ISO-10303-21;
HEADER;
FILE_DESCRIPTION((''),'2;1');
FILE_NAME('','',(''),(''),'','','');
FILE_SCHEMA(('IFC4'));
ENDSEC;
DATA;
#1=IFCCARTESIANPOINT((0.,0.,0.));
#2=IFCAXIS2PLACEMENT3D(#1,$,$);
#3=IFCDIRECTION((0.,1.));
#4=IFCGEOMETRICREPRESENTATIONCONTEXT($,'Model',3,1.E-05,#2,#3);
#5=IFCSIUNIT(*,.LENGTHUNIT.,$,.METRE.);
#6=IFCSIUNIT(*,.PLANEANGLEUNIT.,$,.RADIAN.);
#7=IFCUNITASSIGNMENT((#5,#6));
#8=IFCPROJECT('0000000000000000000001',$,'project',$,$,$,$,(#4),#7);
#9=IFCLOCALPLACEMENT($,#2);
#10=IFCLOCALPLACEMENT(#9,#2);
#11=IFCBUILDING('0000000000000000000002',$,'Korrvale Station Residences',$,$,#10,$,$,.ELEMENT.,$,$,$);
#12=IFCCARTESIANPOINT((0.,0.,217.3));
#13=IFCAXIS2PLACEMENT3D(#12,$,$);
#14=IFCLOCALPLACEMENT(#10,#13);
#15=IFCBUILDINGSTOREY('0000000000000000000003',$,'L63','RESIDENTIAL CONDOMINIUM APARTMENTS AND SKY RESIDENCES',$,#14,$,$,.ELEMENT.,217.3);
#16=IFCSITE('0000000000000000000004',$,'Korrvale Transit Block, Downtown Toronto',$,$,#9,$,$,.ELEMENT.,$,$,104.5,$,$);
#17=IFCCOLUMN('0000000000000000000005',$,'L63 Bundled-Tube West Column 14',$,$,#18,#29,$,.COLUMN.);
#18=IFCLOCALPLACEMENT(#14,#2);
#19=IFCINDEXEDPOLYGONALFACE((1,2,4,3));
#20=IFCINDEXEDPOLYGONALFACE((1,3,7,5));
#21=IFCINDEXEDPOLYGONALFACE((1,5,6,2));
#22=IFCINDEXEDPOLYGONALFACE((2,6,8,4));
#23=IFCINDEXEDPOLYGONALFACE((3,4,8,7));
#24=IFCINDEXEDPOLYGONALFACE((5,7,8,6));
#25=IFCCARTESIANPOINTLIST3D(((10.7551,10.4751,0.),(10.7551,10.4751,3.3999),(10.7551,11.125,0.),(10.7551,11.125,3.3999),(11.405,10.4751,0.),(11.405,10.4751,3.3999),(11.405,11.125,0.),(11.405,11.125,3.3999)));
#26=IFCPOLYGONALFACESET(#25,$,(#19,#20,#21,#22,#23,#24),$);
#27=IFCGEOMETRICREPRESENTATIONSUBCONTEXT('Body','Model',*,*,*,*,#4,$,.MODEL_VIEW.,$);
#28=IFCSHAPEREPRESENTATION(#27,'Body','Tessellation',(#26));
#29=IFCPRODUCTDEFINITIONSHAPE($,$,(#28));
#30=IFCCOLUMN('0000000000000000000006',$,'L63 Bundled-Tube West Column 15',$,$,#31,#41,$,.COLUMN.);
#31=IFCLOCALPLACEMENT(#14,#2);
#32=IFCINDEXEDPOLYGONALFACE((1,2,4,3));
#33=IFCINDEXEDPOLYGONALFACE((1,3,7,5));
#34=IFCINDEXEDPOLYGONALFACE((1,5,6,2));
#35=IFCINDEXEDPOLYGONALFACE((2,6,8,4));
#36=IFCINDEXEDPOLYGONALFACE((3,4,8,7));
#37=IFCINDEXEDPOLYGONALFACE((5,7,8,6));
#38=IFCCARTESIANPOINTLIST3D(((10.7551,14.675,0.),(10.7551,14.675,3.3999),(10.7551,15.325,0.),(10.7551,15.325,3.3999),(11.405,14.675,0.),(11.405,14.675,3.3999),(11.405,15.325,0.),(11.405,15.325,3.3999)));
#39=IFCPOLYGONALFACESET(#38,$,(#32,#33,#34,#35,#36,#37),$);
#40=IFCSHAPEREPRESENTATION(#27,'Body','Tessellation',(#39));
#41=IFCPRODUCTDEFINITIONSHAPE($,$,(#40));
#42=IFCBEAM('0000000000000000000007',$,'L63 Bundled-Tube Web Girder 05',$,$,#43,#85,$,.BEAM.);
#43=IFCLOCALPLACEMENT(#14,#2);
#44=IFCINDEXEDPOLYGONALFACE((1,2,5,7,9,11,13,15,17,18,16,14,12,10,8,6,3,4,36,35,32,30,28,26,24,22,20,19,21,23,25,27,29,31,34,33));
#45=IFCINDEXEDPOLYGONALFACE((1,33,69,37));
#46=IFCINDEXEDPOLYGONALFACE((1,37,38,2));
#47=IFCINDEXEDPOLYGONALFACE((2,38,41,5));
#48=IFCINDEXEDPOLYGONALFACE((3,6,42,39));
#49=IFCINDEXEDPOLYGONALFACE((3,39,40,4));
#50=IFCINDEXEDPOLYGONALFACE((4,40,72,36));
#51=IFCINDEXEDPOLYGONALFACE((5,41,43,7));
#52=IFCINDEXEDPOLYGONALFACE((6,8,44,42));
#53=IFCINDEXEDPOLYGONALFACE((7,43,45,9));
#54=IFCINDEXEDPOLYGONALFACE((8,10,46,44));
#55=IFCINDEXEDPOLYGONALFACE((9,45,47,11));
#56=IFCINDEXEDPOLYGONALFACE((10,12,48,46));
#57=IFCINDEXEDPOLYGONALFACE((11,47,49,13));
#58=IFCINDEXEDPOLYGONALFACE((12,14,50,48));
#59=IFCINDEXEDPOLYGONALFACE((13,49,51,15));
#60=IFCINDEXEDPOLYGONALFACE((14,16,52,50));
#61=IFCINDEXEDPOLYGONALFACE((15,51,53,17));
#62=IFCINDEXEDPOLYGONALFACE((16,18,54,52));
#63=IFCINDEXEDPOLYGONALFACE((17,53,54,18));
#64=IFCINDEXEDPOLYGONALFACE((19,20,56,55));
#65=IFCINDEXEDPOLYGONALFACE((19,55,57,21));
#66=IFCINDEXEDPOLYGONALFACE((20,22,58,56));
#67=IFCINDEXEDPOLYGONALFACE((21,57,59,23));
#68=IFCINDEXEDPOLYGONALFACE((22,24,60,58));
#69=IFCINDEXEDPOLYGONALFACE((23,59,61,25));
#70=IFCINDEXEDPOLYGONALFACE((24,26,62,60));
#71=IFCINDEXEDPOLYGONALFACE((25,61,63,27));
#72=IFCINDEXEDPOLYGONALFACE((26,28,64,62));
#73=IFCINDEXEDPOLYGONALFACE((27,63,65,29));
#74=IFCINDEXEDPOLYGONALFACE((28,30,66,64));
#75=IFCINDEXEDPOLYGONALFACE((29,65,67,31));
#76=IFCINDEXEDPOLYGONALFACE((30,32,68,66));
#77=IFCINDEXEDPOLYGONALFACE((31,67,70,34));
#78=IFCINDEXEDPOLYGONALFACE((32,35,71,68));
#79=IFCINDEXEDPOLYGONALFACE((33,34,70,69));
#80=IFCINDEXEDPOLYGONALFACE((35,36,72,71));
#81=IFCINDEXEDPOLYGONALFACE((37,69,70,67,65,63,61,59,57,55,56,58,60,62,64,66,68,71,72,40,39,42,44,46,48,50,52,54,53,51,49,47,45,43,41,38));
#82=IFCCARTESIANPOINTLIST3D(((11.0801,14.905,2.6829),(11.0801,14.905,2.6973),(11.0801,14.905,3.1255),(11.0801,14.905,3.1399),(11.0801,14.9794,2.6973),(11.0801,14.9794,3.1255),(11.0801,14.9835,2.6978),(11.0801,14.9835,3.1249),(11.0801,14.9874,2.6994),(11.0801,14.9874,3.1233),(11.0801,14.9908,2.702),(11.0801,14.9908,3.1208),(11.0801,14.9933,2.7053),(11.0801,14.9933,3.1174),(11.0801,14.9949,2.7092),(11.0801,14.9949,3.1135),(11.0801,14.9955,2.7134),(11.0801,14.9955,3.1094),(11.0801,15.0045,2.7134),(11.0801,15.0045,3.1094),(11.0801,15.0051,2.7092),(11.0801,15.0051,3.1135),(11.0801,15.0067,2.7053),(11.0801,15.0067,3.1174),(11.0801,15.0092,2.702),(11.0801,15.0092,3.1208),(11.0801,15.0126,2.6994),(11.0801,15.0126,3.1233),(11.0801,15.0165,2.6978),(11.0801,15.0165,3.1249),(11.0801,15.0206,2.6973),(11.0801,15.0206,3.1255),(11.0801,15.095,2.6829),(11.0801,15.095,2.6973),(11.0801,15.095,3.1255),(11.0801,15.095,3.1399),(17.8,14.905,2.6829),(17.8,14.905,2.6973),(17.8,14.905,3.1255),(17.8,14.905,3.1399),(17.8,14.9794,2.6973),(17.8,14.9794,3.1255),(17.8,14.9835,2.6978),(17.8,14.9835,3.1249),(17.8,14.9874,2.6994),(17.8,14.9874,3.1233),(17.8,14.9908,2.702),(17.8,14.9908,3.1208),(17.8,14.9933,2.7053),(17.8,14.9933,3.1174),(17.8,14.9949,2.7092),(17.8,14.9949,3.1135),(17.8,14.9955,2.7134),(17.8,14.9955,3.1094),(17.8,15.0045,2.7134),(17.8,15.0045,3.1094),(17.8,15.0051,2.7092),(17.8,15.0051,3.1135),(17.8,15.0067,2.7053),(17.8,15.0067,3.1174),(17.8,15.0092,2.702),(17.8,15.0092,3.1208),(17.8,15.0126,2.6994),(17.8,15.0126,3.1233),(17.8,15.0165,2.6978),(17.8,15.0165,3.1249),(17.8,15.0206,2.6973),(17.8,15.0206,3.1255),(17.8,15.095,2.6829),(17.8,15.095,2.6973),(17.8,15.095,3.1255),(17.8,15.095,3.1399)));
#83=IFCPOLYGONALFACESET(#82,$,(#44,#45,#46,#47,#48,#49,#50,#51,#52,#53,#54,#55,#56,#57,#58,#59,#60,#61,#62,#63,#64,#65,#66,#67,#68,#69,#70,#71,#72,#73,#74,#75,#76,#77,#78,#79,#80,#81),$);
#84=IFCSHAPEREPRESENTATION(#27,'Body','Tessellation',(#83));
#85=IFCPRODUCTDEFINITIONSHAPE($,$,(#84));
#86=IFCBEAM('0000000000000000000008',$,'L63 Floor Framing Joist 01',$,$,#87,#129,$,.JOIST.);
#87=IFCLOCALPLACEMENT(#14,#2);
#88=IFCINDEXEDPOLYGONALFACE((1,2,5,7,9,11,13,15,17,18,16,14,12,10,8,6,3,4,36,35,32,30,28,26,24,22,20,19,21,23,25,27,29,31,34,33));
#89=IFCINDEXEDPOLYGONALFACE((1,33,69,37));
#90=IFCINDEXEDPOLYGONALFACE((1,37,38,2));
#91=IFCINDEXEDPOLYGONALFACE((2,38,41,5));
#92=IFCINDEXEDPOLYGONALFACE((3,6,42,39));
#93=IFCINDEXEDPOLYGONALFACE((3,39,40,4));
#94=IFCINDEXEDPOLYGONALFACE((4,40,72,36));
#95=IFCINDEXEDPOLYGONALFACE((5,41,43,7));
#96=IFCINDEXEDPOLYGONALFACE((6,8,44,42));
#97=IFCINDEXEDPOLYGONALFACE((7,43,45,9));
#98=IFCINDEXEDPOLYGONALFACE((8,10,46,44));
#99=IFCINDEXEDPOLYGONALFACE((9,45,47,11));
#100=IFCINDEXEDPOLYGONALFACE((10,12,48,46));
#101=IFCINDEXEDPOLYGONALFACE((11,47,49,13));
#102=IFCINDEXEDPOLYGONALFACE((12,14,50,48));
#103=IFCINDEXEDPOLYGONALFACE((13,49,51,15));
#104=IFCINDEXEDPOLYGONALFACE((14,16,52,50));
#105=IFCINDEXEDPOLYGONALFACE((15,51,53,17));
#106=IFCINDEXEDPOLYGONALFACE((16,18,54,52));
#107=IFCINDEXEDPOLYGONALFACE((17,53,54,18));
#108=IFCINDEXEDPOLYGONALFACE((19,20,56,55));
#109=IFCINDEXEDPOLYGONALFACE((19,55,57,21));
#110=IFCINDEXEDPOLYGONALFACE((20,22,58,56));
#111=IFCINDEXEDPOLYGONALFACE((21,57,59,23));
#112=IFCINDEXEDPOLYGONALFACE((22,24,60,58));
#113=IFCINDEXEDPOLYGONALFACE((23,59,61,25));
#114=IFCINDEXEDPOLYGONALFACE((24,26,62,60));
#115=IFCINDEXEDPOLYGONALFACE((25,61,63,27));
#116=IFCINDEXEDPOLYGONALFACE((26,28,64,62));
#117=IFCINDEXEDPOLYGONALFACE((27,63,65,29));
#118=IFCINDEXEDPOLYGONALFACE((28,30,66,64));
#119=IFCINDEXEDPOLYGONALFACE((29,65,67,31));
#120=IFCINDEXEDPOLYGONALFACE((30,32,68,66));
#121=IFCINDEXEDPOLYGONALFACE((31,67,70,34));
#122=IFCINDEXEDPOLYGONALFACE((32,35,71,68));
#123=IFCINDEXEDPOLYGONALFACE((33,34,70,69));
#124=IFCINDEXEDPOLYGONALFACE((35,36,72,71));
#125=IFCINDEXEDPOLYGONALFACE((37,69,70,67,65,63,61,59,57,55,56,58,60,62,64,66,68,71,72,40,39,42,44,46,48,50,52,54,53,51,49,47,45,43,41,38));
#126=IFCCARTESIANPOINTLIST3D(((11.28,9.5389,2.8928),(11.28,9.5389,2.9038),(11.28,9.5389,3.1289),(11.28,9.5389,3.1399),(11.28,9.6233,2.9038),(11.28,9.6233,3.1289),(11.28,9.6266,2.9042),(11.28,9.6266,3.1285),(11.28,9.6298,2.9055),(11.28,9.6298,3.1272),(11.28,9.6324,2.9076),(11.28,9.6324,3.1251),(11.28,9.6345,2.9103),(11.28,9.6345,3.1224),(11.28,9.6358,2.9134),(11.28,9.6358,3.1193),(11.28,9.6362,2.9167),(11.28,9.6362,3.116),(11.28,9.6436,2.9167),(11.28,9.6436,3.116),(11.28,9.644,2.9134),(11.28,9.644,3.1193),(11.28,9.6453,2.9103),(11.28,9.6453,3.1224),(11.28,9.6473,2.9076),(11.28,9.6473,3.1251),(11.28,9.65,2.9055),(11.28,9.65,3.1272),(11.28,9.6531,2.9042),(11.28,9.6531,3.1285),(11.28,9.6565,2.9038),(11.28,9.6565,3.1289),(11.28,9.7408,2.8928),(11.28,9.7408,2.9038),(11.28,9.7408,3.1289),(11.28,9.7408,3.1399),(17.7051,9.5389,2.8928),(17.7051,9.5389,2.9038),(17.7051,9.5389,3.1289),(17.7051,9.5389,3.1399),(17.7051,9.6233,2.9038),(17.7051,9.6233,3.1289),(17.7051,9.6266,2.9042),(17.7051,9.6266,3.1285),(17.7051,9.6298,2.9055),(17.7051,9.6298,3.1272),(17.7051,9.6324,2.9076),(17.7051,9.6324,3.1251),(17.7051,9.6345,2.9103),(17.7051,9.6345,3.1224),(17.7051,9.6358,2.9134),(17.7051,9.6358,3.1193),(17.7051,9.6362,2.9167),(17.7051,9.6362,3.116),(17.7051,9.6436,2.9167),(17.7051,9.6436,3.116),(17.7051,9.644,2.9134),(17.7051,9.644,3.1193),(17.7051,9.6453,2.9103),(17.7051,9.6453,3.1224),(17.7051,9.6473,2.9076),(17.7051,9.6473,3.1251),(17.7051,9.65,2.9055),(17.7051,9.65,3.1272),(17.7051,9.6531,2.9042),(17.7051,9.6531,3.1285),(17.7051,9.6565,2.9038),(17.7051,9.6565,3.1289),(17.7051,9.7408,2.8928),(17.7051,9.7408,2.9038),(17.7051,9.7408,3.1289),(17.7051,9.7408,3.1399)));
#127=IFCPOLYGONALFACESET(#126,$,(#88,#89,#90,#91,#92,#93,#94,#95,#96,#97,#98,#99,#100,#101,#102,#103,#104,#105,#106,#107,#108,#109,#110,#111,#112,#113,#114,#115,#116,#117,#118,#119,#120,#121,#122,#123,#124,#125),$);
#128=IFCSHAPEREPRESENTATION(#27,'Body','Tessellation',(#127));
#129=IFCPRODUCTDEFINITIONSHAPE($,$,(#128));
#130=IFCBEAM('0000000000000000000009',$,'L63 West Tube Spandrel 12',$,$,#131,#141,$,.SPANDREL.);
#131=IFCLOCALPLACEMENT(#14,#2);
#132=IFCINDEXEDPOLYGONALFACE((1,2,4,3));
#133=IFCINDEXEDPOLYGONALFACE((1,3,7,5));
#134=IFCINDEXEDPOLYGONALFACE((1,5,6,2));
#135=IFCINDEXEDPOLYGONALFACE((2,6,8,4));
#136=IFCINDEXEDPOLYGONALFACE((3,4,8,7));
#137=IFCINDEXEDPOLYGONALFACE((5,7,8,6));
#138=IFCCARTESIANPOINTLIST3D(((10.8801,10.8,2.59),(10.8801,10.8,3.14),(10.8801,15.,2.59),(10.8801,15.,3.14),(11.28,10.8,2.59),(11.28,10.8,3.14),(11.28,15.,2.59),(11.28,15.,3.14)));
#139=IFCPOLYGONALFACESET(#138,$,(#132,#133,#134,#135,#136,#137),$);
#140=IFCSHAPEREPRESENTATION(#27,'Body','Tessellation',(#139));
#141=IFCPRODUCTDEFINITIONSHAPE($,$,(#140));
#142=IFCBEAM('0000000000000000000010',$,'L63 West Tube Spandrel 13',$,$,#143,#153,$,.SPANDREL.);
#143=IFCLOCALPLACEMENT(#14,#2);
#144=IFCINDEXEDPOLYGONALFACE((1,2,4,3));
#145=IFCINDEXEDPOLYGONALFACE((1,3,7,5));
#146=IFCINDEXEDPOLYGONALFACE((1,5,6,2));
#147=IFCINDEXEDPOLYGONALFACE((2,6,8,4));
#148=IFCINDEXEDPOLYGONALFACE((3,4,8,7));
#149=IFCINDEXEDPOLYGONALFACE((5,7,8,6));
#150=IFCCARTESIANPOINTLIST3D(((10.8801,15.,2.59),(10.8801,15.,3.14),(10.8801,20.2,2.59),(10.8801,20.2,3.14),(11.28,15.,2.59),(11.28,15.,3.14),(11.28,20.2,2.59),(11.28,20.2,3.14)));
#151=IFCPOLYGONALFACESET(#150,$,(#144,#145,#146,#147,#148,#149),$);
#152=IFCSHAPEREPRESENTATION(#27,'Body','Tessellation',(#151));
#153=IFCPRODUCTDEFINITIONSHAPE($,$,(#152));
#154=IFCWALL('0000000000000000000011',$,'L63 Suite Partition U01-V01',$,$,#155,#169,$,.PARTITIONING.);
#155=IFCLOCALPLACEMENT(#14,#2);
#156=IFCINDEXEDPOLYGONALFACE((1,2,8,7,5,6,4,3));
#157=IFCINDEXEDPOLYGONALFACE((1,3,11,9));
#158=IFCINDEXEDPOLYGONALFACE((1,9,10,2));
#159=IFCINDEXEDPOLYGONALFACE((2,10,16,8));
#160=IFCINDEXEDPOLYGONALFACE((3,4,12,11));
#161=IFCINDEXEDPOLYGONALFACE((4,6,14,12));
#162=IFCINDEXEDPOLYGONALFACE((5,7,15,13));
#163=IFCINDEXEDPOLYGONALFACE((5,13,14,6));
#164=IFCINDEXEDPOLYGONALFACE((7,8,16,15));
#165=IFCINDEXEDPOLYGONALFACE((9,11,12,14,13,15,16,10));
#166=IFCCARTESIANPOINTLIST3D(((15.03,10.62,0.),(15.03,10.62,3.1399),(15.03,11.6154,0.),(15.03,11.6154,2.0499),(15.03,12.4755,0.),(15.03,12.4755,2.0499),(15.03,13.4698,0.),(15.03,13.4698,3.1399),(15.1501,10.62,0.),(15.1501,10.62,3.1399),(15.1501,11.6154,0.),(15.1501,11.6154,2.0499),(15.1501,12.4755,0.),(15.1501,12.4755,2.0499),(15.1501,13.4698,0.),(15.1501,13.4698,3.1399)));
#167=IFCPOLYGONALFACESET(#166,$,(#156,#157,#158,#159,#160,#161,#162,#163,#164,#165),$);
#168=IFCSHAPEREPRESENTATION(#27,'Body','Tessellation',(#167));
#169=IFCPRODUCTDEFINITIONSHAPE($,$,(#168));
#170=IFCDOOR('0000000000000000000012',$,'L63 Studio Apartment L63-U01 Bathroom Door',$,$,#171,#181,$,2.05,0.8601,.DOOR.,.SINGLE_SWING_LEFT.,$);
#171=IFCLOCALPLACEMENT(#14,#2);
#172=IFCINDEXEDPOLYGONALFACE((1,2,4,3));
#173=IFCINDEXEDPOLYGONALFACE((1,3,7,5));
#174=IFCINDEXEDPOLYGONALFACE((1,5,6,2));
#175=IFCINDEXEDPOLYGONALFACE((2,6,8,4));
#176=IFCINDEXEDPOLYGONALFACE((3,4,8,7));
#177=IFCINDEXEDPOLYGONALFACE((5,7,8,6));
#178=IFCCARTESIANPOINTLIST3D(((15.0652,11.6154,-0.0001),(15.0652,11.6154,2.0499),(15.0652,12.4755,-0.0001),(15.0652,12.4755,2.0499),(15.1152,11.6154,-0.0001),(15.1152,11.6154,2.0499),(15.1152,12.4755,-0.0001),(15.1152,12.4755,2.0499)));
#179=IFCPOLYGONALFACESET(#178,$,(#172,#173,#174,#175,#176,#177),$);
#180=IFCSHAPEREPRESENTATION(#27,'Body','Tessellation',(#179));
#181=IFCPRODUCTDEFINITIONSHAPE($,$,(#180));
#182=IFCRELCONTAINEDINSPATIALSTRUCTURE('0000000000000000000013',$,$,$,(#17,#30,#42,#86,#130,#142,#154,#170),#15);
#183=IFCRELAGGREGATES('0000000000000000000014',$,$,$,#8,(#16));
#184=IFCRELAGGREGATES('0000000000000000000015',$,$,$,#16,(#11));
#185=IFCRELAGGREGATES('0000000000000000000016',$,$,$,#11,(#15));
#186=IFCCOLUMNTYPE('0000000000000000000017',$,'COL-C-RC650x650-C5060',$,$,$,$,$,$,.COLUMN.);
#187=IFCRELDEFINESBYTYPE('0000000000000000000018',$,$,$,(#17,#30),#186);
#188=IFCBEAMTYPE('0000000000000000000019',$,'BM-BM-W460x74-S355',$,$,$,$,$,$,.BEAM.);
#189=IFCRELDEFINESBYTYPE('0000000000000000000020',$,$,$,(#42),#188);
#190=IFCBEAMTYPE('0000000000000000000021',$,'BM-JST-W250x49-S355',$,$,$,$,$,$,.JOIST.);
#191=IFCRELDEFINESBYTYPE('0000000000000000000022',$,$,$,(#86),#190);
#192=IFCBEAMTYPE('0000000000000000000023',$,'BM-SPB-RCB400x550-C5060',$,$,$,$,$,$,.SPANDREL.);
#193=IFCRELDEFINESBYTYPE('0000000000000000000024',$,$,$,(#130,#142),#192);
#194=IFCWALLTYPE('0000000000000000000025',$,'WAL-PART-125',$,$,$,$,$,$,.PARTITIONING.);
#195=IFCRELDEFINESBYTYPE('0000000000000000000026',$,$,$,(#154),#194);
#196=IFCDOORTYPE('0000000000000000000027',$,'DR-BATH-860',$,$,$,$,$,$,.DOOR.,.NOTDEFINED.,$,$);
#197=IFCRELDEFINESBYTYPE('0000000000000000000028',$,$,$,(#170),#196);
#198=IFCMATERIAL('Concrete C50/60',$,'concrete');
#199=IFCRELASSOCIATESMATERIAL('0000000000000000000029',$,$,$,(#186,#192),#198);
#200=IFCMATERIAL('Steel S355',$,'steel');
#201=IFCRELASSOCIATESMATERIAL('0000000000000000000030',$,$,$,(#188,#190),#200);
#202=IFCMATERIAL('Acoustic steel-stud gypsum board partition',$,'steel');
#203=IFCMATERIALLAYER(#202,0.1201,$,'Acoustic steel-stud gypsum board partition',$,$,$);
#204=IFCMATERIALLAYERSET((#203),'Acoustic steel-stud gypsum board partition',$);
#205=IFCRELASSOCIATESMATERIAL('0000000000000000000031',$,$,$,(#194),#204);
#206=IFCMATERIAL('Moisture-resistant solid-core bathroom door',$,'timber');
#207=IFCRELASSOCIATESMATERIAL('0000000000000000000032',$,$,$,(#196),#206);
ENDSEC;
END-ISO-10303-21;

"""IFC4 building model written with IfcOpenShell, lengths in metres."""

from ifc_helpers import new_model, si_unit, direction, frame, frame_2d, origin, origin_2d, place, context, subcontext, project, spatial, rectangle, i_section, extrude, material, layer, layer_set, material_profile, profile_set, type_object, element, fill, save


model = new_model("IFC4")

# Units and contexts
model_context = context("Model", 3, precision=1e-05, world=origin(), true_north=direction((0.0, 1.0)))
body_context = subcontext(model_context, "Body", "Model", "MODEL_VIEW")
ifc_project = project(units=[si_unit("LENGTHUNIT", "METRE"), si_unit("PLANEANGLEUNIT", "RADIAN")], contexts=[model_context])

# Site, building, storey
site_placement = place(None, origin())
site = spatial("IfcSite", under=ifc_project, at=site_placement, Name="Korrvale Transit Block, Downtown Toronto", CompositionType="ELEMENT", RefElevation=104.5)
building_placement = place(site_placement, origin())
building = spatial("IfcBuilding", under=site, at=building_placement, Name="Korrvale Station Residences", CompositionType="ELEMENT")
storey_placement = place(building_placement, frame((0.0, 0.0, 217.3)))
storey = spatial("IfcBuildingStorey", under=building, at=storey_placement, Name="L63", Description="RESIDENTIAL CONDOMINIUM APARTMENTS AND SKY RESIDENCES", CompositionType="ELEMENT", Elevation=217.3)

# Columns
ifc_material_1 = material(Name="Concrete C50/60", Category="concrete")
ifc_material_profile_1 = material_profile(ifc_material_1, rectangle(XDim=0.6499, YDim=0.6499, at=origin_2d()), Name="RC650x650")
ifc_profile_set_1 = profile_set([ifc_material_profile_1], Name="Concrete C50/60")
column_type = type_object("IfcColumnType", Name="COL-C-RC650x650-C5060", PredefinedType="COLUMN", material=ifc_profile_set_1)
for number, where, z_axis, x_axis, name in (
    (1, (11.0801, 10.8, 0.0), (0.0, 0.0, 1.0), (1.0, 0.0, 0.0), "L63 Bundled-Tube West Column 14"),
    (2, (11.0801, 15.0, 0.0), (0.0, 0.0, 1.0), (1.0, 0.0, 0.0), "L63 Bundled-Tube West Column 15"),
):
    element("IfcColumn", number, at=place(storey_placement, frame(where, z_axis=z_axis, x_axis=x_axis)), inside=storey, type_object=column_type, Name=name, PredefinedType="COLUMN", context=body_context, shape_type="SweptSolid", body=[
        extrude(rectangle(XDim=0.6499, YDim=0.6499, at=origin_2d()), origin(), (0.0, 0.0, 1.0), 3.3999),
    ])

# Beams
ifc_material_2 = material(Name="Steel S355", Category="steel")
ifc_material_profile_2 = material_profile(ifc_material_2, i_section(OverallWidth=0.1899, OverallDepth=0.457, WebThickness=0.009, FlangeThickness=0.0144, FilletRadius=0.0161, at=origin_2d()), Name="W460x74")
ifc_profile_set_2 = profile_set([ifc_material_profile_2], Name="Steel S355")
beam_type_1 = type_object("IfcBeamType", Name="BM-BM-W460x74-S355", PredefinedType="BEAM", material=ifc_profile_set_2)
beam_1_placement = place(storey_placement, frame((11.0801, 15.0, 2.9114), z_axis=(1.0, 0.0, 0.0), x_axis=(0.0, 1.0, 0.0)))
element("IfcBeam", 3, at=beam_1_placement, inside=storey, type_object=beam_type_1, Name="L63 Bundled-Tube Web Girder 05", PredefinedType="BEAM", context=body_context, shape_type="SweptSolid", body=[
    extrude(i_section(OverallWidth=0.1899, OverallDepth=0.457, WebThickness=0.009, FlangeThickness=0.0144, FilletRadius=0.0161, at=origin_2d()), origin(), (0.0, 0.0, 1.0), 6.72),
])
ifc_material_profile_3 = material_profile(ifc_material_2, i_section(OverallWidth=0.2019, OverallDepth=0.2471, WebThickness=0.0073, FlangeThickness=0.011, FilletRadius=0.0129, at=origin_2d()), Name="W250x49")
ifc_profile_set_3 = profile_set([ifc_material_profile_3], Name="Steel S355")
beam_type_2 = type_object("IfcBeamType", Name="BM-JST-W250x49-S355", PredefinedType="JOIST", material=ifc_profile_set_3)
beam_2_placement = place(storey_placement, frame((11.28, 9.6399, 3.0164), z_axis=(1.0, 0.0, 0.0), x_axis=(0.0, 1.0, 0.0)))
element("IfcBeam", 4, at=beam_2_placement, inside=storey, type_object=beam_type_2, Name="L63 Floor Framing Joist 01", PredefinedType="JOIST", context=body_context, shape_type="SweptSolid", body=[
    extrude(i_section(OverallWidth=0.2019, OverallDepth=0.2471, WebThickness=0.0073, FlangeThickness=0.011, FilletRadius=0.0129, at=origin_2d()), origin(), (0.0, 0.0, 1.0), 6.425),
])
ifc_material_profile_4 = material_profile(ifc_material_1, rectangle(XDim=0.3999, YDim=0.55, at=origin_2d()), Name="RCB400x550")
ifc_profile_set_4 = profile_set([ifc_material_profile_4], Name="Concrete C50/60")
beam_type_3 = type_object("IfcBeamType", Name="BM-SPB-RCB400x550-C5060", PredefinedType="SPANDREL", material=ifc_profile_set_4)
beam_3_placement = place(storey_placement, frame((11.0801, 10.8, 2.865), z_axis=(0.0, 1.0, 0.0), x_axis=(-1.0, 0.0, 0.0)))
element("IfcBeam", 5, at=beam_3_placement, inside=storey, type_object=beam_type_3, Name="L63 West Tube Spandrel 12", PredefinedType="SPANDREL", context=body_context, shape_type="SweptSolid", body=[
    extrude(rectangle(XDim=0.3999, YDim=0.55, at=origin_2d()), origin(), (0.0, 0.0, 1.0), 4.2),
])
beam_4_placement = place(storey_placement, frame((11.0801, 15.0, 2.865), z_axis=(0.0, 1.0, 0.0), x_axis=(-1.0, 0.0, 0.0)))
element("IfcBeam", 6, at=beam_4_placement, inside=storey, type_object=beam_type_3, Name="L63 West Tube Spandrel 13", PredefinedType="SPANDREL", context=body_context, shape_type="SweptSolid", body=[
    extrude(rectangle(XDim=0.3999, YDim=0.55, at=origin_2d()), origin(), (0.0, 0.0, 1.0), 5.2),
])

# Wall, opening, door
ifc_material_3 = material(Name="Acoustic steel-stud gypsum board partition", Category="steel")
ifc_layer_1 = layer(ifc_material_3, 0.1201, Name="Acoustic steel-stud gypsum board partition")
ifc_layer_set_1 = layer_set([ifc_layer_1], Name="Acoustic steel-stud gypsum board partition")
wall_type_1 = type_object("IfcWallType", Name="WAL-PART-125", PredefinedType="PARTITIONING", material=ifc_layer_set_1)
wall_1_placement = place(storey_placement, frame((15.0901, 10.6201, 0.0), z_axis=(0.0, 0.0, 1.0), x_axis=(0.0, 1.0, 0.0)))
wall_1 = element("IfcWall", 7, at=wall_1_placement, inside=storey, type_object=wall_type_1, Name="L63 Suite Partition U01-V01", PredefinedType="PARTITIONING", context=body_context, shape_type="SweptSolid", body=[
    extrude(rectangle(XDim=2.8499, YDim=0.1201, at=frame_2d((1.4248, 0.0))), origin(), (0.0, 0.0, 1.0), 3.1399),
])
opening_1_placement = place(wall_1_placement, frame((0.9951, 0.0, 0.0)))
opening_1 = element("IfcOpeningElement", 8, at=opening_1_placement, cuts=wall_1, PredefinedType="OPENING", context=body_context, shape_type="SweptSolid", body=[
    extrude(rectangle(XDim=0.8601, YDim=2.05, at=frame_2d((0.4302, 1.0249))), frame((0.0, 0.0701, 0.0), z_axis=(0.0, -1.0, 0.0), x_axis=(1.0, 0.0, 0.0)), (0.0, 0.0, 1.0), 0.1401),
])
ifc_material_4 = material(Name="Moisture-resistant solid-core bathroom door", Category="timber")
door_type_1 = type_object("IfcDoorType", Name="DR-BATH-860", OperationType="NOTDEFINED", PredefinedType="DOOR", material=ifc_material_4)
door_1_placement = place(opening_1_placement, origin())
door_1 = element("IfcDoor", 9, at=door_1_placement, inside=storey, type_object=door_type_1, Name="L63 Studio Apartment L63-U01 Bathroom Door", OperationType="SINGLE_SWING_LEFT", OverallHeight=2.05, OverallWidth=0.8601, PredefinedType="DOOR", context=body_context, shape_type="SweptSolid", body=[
    extrude(rectangle(XDim=0.8601, YDim=2.05, at=frame_2d((0.4302, 1.0249))), frame((0.0, 0.0249, 0.0), z_axis=(0.0, -1.0, 0.0), x_axis=(1.0, 0.0, 0.0)), (0.0, 0.0, 1.0), 0.05),
])
fill(opening_1, door_1)

save(model, "model.ifc")
